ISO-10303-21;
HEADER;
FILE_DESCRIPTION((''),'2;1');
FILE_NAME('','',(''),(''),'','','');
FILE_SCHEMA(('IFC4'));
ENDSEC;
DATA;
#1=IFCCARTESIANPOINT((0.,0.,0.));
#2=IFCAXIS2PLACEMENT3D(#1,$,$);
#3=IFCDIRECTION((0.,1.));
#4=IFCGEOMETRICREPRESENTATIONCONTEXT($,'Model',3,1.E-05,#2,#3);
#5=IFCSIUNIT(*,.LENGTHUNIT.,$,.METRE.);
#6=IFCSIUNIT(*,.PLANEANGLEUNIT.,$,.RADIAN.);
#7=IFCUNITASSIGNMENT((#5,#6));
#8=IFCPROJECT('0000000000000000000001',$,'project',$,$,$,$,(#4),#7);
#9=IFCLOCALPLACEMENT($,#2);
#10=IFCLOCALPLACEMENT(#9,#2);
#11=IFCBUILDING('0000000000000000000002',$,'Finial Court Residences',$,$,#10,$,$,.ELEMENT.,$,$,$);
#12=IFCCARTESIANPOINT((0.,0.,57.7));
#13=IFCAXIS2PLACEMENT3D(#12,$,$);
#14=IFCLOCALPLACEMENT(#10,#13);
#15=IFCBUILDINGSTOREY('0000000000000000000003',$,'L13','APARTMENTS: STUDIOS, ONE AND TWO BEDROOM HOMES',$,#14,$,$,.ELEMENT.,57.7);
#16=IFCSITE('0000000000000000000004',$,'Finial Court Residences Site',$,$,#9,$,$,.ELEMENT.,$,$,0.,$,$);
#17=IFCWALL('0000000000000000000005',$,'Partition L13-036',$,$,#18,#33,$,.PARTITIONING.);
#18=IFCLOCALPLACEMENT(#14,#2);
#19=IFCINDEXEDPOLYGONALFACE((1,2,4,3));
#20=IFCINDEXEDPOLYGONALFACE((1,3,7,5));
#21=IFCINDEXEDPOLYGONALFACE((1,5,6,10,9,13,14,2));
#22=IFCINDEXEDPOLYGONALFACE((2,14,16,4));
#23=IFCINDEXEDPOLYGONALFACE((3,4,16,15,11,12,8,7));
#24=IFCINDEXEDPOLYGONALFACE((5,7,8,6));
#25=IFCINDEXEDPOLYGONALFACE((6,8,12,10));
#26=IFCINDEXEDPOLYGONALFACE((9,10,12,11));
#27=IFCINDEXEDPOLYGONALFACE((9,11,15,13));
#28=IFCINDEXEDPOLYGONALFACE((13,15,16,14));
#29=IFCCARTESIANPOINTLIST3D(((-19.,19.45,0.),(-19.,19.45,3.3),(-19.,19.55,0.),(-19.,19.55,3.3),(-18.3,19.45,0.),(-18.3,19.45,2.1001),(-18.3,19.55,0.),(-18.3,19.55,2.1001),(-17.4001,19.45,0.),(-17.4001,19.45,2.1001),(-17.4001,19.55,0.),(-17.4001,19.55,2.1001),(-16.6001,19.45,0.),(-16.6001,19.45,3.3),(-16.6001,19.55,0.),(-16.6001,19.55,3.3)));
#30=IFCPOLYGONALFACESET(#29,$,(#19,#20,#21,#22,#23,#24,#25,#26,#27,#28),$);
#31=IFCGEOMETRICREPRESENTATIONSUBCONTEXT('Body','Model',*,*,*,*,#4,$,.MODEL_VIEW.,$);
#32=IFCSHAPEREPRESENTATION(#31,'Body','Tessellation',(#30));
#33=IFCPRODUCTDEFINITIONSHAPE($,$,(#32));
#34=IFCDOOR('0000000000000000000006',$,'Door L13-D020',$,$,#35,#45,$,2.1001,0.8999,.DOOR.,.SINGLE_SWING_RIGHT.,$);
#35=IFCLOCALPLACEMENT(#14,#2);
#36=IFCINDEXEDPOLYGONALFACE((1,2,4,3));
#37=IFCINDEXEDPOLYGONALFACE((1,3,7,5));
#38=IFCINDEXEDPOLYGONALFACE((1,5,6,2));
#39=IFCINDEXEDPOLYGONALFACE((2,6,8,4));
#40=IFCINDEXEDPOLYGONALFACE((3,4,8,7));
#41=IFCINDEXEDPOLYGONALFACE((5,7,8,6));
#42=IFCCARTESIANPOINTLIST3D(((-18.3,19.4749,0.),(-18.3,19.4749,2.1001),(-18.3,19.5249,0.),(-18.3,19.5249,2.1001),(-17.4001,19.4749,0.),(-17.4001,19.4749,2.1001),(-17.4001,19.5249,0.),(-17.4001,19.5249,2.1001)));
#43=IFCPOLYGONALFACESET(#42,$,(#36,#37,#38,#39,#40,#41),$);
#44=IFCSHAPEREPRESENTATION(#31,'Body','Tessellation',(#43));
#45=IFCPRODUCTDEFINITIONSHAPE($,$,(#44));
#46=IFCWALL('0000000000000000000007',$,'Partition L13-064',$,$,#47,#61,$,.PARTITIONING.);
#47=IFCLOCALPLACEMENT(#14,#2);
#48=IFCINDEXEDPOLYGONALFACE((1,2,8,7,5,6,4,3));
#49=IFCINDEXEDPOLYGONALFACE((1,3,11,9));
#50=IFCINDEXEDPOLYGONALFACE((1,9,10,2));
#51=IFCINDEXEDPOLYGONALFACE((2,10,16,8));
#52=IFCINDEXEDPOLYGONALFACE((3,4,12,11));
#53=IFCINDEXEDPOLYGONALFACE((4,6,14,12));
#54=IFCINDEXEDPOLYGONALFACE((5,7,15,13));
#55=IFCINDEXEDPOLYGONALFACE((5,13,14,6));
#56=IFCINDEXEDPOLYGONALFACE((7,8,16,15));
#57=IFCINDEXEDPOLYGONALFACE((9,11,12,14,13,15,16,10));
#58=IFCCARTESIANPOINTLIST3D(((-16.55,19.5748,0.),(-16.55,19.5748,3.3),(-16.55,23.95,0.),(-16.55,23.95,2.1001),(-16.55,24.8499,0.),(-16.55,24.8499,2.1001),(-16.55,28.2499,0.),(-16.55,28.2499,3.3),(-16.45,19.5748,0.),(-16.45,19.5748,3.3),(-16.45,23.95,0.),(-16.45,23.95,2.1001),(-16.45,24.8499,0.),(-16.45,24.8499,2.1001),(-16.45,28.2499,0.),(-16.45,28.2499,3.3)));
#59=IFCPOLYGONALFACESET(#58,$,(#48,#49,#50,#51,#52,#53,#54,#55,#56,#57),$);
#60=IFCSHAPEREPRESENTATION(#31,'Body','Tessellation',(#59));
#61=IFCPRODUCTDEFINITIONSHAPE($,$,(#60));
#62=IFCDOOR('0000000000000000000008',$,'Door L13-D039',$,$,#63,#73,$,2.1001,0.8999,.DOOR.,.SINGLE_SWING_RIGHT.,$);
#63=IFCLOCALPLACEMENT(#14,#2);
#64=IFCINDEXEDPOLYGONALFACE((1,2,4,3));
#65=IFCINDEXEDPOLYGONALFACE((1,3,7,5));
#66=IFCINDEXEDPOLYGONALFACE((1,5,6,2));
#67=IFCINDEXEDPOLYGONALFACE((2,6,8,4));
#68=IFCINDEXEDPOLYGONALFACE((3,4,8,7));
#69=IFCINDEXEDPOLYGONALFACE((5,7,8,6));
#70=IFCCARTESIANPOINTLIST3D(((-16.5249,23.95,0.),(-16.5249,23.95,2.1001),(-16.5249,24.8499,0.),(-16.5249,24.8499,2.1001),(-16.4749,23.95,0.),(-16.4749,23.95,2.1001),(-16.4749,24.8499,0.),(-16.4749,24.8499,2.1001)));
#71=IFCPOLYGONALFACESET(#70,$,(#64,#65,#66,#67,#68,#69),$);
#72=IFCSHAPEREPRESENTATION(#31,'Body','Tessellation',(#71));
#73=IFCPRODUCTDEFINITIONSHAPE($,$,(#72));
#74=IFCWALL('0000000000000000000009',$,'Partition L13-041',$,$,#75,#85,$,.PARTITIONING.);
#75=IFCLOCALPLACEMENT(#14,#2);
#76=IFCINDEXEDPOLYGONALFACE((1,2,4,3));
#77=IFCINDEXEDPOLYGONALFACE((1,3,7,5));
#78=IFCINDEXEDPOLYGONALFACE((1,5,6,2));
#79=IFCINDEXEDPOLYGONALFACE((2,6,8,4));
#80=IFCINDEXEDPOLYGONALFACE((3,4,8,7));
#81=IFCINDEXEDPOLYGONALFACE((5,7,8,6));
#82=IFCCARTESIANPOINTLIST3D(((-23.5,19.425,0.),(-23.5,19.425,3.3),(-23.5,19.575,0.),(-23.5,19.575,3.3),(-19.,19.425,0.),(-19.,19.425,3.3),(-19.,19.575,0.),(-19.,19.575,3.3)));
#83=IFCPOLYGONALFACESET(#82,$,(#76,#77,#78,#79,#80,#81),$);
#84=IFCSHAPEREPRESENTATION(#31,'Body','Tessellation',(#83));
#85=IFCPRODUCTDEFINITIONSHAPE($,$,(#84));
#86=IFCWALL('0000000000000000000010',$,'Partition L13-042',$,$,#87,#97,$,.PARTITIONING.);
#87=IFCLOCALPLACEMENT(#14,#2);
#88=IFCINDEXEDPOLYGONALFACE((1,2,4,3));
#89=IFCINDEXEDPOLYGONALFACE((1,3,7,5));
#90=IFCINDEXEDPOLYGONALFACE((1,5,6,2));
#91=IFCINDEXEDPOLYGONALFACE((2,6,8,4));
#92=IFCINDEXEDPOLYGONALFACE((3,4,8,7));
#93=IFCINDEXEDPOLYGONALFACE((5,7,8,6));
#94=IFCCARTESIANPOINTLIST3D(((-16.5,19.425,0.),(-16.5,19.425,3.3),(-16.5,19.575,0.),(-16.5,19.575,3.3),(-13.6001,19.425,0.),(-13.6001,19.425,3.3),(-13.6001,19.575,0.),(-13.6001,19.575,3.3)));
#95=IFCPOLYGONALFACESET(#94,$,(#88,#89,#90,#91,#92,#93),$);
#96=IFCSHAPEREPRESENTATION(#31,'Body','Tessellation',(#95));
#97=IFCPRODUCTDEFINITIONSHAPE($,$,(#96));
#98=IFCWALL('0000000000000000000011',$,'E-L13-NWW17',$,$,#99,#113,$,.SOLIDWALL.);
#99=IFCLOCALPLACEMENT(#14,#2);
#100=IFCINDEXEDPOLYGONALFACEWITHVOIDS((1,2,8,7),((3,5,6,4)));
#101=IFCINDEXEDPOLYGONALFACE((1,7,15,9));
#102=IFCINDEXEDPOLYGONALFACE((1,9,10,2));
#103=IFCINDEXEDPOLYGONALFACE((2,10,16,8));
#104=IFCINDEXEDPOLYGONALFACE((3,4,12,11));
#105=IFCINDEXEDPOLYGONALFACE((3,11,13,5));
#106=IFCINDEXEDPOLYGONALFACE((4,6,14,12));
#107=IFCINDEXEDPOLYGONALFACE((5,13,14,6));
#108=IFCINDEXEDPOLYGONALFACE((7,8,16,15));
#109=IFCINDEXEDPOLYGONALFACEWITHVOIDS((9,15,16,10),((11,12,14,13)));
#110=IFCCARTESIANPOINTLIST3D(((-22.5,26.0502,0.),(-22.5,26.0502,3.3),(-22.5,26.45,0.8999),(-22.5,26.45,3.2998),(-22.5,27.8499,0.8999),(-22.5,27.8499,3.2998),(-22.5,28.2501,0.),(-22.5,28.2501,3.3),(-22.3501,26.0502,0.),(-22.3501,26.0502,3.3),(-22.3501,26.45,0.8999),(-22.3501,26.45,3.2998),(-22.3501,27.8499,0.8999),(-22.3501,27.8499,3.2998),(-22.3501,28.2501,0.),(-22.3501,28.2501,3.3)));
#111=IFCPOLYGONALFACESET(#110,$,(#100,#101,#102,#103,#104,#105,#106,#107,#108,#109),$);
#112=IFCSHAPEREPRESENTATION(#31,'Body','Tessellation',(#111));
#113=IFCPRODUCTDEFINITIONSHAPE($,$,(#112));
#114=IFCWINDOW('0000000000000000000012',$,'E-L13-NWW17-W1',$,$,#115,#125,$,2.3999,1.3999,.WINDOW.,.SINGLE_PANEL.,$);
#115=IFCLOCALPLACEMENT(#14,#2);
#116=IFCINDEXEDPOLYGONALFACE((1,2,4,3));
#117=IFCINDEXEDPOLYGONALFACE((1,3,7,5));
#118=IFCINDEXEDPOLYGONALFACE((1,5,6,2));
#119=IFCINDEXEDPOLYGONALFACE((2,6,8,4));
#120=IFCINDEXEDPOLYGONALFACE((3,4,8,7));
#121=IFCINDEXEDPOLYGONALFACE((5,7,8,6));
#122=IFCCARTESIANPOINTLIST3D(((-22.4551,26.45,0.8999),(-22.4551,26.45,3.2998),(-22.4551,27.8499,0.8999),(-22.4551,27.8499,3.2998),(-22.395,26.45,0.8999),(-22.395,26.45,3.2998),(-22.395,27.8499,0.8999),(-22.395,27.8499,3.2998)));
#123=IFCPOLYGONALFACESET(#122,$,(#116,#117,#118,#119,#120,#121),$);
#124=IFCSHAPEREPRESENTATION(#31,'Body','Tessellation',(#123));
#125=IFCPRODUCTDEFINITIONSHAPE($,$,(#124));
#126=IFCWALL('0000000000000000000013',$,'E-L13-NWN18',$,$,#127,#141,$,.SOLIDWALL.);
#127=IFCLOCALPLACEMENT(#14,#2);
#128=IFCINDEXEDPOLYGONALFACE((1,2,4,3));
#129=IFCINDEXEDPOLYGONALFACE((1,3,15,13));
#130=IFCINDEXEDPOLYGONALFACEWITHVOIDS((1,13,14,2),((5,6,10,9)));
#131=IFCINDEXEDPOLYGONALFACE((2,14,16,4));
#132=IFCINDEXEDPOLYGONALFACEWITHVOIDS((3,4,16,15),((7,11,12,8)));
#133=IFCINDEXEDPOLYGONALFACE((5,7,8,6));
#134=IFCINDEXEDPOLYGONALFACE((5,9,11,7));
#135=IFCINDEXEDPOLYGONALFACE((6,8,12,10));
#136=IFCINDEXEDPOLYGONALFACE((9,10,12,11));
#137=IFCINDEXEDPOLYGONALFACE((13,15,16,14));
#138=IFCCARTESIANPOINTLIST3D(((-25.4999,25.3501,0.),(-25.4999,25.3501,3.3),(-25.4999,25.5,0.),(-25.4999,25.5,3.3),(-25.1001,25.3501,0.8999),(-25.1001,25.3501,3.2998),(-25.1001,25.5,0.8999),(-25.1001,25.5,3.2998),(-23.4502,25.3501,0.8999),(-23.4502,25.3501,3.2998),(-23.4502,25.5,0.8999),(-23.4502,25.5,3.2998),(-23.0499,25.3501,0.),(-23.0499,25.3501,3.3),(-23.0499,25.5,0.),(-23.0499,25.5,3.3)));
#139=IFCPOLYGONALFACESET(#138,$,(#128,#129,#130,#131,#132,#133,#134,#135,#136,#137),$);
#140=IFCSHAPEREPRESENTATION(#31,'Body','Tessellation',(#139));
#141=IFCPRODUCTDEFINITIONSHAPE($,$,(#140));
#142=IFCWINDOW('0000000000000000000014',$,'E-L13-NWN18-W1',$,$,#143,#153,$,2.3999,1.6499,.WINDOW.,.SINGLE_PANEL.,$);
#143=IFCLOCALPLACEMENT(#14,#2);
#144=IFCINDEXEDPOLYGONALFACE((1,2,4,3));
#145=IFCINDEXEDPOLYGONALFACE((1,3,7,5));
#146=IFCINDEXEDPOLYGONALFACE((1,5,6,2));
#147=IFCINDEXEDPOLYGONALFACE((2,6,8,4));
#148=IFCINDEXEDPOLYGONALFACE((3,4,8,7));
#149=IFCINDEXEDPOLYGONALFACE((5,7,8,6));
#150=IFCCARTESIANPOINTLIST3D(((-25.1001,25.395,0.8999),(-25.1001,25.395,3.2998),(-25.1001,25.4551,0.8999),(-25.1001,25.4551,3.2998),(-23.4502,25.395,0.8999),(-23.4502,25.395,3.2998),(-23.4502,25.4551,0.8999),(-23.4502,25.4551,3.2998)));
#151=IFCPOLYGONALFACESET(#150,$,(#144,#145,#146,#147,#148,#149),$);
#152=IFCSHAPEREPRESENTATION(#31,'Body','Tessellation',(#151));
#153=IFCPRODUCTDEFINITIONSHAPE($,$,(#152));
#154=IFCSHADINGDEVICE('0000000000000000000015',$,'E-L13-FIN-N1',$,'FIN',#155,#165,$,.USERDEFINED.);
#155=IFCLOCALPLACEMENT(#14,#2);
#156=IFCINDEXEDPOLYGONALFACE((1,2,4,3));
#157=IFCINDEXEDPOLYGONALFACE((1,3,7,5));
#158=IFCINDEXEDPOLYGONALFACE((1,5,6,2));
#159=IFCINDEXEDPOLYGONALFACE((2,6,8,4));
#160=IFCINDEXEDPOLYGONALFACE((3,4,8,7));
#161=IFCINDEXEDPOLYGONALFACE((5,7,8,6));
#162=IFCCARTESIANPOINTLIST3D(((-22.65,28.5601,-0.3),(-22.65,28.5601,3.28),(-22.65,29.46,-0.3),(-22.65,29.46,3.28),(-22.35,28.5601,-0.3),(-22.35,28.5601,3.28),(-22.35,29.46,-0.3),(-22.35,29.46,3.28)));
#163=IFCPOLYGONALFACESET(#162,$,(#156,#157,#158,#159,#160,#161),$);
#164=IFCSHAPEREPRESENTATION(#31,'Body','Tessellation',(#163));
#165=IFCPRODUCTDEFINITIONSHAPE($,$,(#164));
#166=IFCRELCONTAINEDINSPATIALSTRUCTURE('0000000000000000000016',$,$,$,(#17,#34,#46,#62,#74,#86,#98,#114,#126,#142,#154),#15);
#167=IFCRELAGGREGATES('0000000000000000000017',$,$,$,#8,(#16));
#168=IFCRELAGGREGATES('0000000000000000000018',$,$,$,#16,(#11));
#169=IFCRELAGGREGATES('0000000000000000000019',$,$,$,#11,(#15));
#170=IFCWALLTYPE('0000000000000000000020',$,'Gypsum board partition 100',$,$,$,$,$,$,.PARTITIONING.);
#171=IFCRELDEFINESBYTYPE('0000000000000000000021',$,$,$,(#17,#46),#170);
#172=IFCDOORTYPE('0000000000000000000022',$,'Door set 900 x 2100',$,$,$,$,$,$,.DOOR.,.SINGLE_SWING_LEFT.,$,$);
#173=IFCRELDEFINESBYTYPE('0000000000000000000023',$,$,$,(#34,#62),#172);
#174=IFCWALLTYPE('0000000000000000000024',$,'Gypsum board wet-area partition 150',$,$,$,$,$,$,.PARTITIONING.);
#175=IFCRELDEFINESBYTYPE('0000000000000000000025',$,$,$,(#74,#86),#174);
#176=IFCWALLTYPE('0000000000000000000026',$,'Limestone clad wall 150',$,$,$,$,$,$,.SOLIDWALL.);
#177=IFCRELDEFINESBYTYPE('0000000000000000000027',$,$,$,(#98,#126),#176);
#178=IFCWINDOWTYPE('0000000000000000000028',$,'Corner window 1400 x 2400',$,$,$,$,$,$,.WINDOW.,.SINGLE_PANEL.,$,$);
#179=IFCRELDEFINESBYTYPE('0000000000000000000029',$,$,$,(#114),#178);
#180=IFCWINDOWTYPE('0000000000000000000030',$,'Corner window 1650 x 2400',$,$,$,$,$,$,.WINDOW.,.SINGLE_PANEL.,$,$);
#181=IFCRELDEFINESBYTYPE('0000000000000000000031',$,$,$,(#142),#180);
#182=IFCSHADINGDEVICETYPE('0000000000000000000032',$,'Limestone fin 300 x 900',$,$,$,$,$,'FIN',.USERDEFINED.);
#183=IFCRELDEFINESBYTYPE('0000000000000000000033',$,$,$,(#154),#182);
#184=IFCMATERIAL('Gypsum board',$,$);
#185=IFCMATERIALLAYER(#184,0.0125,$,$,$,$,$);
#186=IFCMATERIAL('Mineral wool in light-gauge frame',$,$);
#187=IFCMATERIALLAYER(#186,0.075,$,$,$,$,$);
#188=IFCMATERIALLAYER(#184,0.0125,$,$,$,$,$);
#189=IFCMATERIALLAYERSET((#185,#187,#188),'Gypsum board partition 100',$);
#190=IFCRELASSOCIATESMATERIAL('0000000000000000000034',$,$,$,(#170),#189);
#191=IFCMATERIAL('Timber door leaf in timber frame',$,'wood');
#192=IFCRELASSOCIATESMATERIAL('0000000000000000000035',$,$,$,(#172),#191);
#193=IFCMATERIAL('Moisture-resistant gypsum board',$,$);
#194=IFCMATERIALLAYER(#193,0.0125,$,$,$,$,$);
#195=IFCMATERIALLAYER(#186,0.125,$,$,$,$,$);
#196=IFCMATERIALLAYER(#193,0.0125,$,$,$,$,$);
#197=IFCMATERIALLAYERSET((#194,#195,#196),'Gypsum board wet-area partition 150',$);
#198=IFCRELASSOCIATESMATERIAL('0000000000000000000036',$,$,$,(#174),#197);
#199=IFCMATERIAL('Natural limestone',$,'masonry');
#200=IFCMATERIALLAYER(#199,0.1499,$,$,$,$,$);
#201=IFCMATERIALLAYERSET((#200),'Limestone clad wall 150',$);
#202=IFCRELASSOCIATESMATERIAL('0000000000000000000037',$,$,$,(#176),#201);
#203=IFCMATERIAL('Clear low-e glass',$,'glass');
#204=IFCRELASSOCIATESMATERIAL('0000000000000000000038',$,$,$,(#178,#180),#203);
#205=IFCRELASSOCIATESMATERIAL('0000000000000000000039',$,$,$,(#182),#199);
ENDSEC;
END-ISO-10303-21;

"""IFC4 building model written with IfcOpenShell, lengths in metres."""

from ifc_helpers import new_model, si_unit, direction, frame, frame_2d, origin, origin_2d, place, context, subcontext, project, spatial, rectangle, extrude, material, layer, layer_set, type_object, element, fill, save


model = new_model("IFC4")

# Units and contexts
model_context = context("Model", 3, precision=1e-05, world=origin(), true_north=direction((0.0, 1.0)))
body_context = subcontext(model_context, "Body", "Model", "MODEL_VIEW")
ifc_project = project(units=[si_unit("LENGTHUNIT", "METRE"), si_unit("PLANEANGLEUNIT", "RADIAN")], contexts=[model_context])

# Site, building, storey
site_placement = place(None, origin())
site = spatial("IfcSite", under=ifc_project, at=site_placement, Name="Finial Court Residences Site", CompositionType="ELEMENT", RefElevation=0.0)
building_placement = place(site_placement, origin())
building = spatial("IfcBuilding", under=site, at=building_placement, Name="Finial Court Residences", CompositionType="ELEMENT")
storey_placement = place(building_placement, frame((0.0, 0.0, 57.7)))
storey = spatial("IfcBuildingStorey", under=building, at=storey_placement, Name="L13", Description="APARTMENTS: STUDIOS, ONE AND TWO BEDROOM HOMES", CompositionType="ELEMENT", Elevation=57.7)

# Shared definitions
ifc_material_1 = material(Name="Clear low-e glass", Category="glass")

# Walls, openings, doors
ifc_material_2 = material(Name="Gypsum board")
ifc_layer_1 = layer(ifc_material_2, 0.0125)
ifc_material_3 = material(Name="Mineral wool in light-gauge frame")
ifc_layer_2 = layer(ifc_material_3, 0.075)
ifc_layer_3 = layer(ifc_material_2, 0.0125)
ifc_layer_set_1 = layer_set([ifc_layer_1, ifc_layer_2, ifc_layer_3], Name="Gypsum board partition 100")
wall_type_1 = type_object("IfcWallType", Name="Gypsum board partition 100", PredefinedType="PARTITIONING", material=ifc_layer_set_1)
wall_1_placement = place(storey_placement, frame((-19.0, 19.5, 0.0), z_axis=(0.0, 0.0, 1.0), x_axis=(1.0, 0.0, 0.0)))
wall_1 = element("IfcWall", 1, at=wall_1_placement, inside=storey, type_object=wall_type_1, Name="Partition L13-036", PredefinedType="PARTITIONING", context=body_context, shape_type="SweptSolid", body=[
    extrude(rectangle(XDim=2.3999, YDim=0.1001, at=frame_2d((1.2, 0.0))), origin(), (0.0, 0.0, 1.0), 3.3),
])
opening_1_placement = place(wall_1_placement, frame((0.7, 0.0, 0.0)))
opening_1 = element("IfcOpeningElement", 2, at=opening_1_placement, cuts=wall_1, PredefinedType="OPENING", context=body_context, shape_type="SweptSolid", body=[
    extrude(rectangle(XDim=0.8999, YDim=2.1001, at=frame_2d((0.45, 1.05))), frame((0.0, 0.0601, 0.0), z_axis=(0.0, -1.0, 0.0), x_axis=(1.0, 0.0, 0.0)), (0.0, 0.0, 1.0), 0.1201),
])
ifc_material_4 = material(Name="Timber door leaf in timber frame", Category="wood")
door_type = type_object("IfcDoorType", Name="Door set 900 x 2100", OperationType="SINGLE_SWING_LEFT", PredefinedType="DOOR", material=ifc_material_4)
door_1_placement = place(opening_1_placement, origin())
door_1 = element("IfcDoor", 3, at=door_1_placement, inside=storey, type_object=door_type, Name="Door L13-D020", OperationType="SINGLE_SWING_RIGHT", OverallHeight=2.1001, OverallWidth=0.8999, PredefinedType="DOOR", context=body_context, shape_type="SweptSolid", body=[
    extrude(rectangle(XDim=0.8999, YDim=2.1001, at=frame_2d((0.45, 1.05))), frame((0.0, 0.0249, 0.0), z_axis=(0.0, -1.0, 0.0), x_axis=(1.0, 0.0, 0.0)), (0.0, 0.0, 1.0), 0.05),
])
fill(opening_1, door_1)
wall_2_placement = place(storey_placement, frame((-16.5, 19.575, 0.0), z_axis=(0.0, 0.0, 1.0), x_axis=(0.0, 1.0, 0.0)))
wall_2 = element("IfcWall", 4, at=wall_2_placement, inside=storey, type_object=wall_type_1, Name="Partition L13-064", PredefinedType="PARTITIONING", context=body_context, shape_type="SweptSolid", body=[
    extrude(rectangle(XDim=8.675, YDim=0.1001, at=frame_2d((4.3374, 0.0))), origin(), (0.0, 0.0, 1.0), 3.3),
])
opening_2_placement = place(wall_2_placement, frame((4.375, 0.0, 0.0)))
opening_2 = element("IfcOpeningElement", 5, at=opening_2_placement, cuts=wall_2, PredefinedType="OPENING", context=body_context, shape_type="SweptSolid", body=[
    extrude(rectangle(XDim=0.8999, YDim=2.1001, at=frame_2d((0.45, 1.05))), frame((0.0, 0.0601, 0.0), z_axis=(0.0, -1.0, 0.0), x_axis=(1.0, 0.0, 0.0)), (0.0, 0.0, 1.0), 0.1201),
])
door_2_placement = place(opening_2_placement, origin())
door_2 = element("IfcDoor", 6, at=door_2_placement, inside=storey, type_object=door_type, Name="Door L13-D039", OperationType="SINGLE_SWING_RIGHT", OverallHeight=2.1001, OverallWidth=0.8999, PredefinedType="DOOR", context=body_context, shape_type="SweptSolid", body=[
    extrude(rectangle(XDim=0.8999, YDim=2.1001, at=frame_2d((0.45, 1.05))), frame((0.0, 0.0249, 0.0), z_axis=(0.0, -1.0, 0.0), x_axis=(1.0, 0.0, 0.0)), (0.0, 0.0, 1.0), 0.05),
])
fill(opening_2, door_2)

# Walls
ifc_material_5 = material(Name="Moisture-resistant gypsum board")
ifc_layer_4 = layer(ifc_material_5, 0.0125)
ifc_layer_5 = layer(ifc_material_3, 0.125)
ifc_layer_6 = layer(ifc_material_5, 0.0125)
ifc_layer_set_2 = layer_set([ifc_layer_4, ifc_layer_5, ifc_layer_6], Name="Gypsum board wet-area partition 150")
wall_type_2 = type_object("IfcWallType", Name="Gypsum board wet-area partition 150", PredefinedType="PARTITIONING", material=ifc_layer_set_2)
wall_3_placement = place(storey_placement, frame((-23.5, 19.5, 0.0), z_axis=(0.0, 0.0, 1.0), x_axis=(1.0, 0.0, 0.0)))
element("IfcWall", 7, at=wall_3_placement, inside=storey, type_object=wall_type_2, Name="Partition L13-041", PredefinedType="PARTITIONING", context=body_context, shape_type="SweptSolid", body=[
    extrude(rectangle(XDim=4.5, YDim=0.1499, at=frame_2d((2.25, 0.0))), origin(), (0.0, 0.0, 1.0), 3.3),
])
wall_4_placement = place(storey_placement, frame((-16.5, 19.5, 0.0), z_axis=(0.0, 0.0, 1.0), x_axis=(1.0, 0.0, 0.0)))
element("IfcWall", 8, at=wall_4_placement, inside=storey, type_object=wall_type_2, Name="Partition L13-042", PredefinedType="PARTITIONING", context=body_context, shape_type="SweptSolid", body=[
    extrude(rectangle(XDim=2.8999, YDim=0.1499, at=frame_2d((1.45, 0.0))), origin(), (0.0, 0.0, 1.0), 3.3),
])

# Walls, openings, windows
ifc_material_6 = material(Name="Natural limestone", Category="masonry")
ifc_layer_7 = layer(ifc_material_6, 0.1499)
ifc_layer_set_3 = layer_set([ifc_layer_7], Name="Limestone clad wall 150")
wall_type_3 = type_object("IfcWallType", Name="Limestone clad wall 150", PredefinedType="SOLIDWALL", material=ifc_layer_set_3)
wall_5_placement = place(storey_placement, frame((-22.425, 26.05, 0.0), z_axis=(0.0, 0.0, 1.0), x_axis=(0.0, 1.0, 0.0)))
wall_5 = element("IfcWall", 9, at=wall_5_placement, inside=storey, type_object=wall_type_3, Name="E-L13-NWW17", PredefinedType="SOLIDWALL", context=body_context, shape_type="SweptSolid", body=[
    extrude(rectangle(XDim=2.2, YDim=0.1499, at=frame_2d((1.1001, 0.0))), origin(), (0.0, 0.0, 1.0), 3.3),
])
opening_3_placement = place(wall_5_placement, frame((0.3999, 0.0, 0.8999)))
opening_3 = element("IfcOpeningElement", 10, at=opening_3_placement, cuts=wall_5, PredefinedType="OPENING", context=body_context, shape_type="SweptSolid", body=[
    extrude(rectangle(XDim=1.3999, YDim=2.3999, at=frame_2d((0.7, 1.2))), frame((0.0, 0.085, 0.0), z_axis=(0.0, -1.0, 0.0), x_axis=(1.0, 0.0, 0.0)), (0.0, 0.0, 1.0), 0.1699),
])
window_type_1 = type_object("IfcWindowType", Name="Corner window 1400 x 2400", PartitioningType="SINGLE_PANEL", PredefinedType="WINDOW", material=ifc_material_1)
window_1_placement = place(opening_3_placement, origin())
window_1 = element("IfcWindow", 11, at=window_1_placement, inside=storey, type_object=window_type_1, Name="E-L13-NWW17-W1", OverallHeight=2.3999, OverallWidth=1.3999, PartitioningType="SINGLE_PANEL", PredefinedType="WINDOW", context=body_context, shape_type="SweptSolid", body=[
    extrude(rectangle(XDim=1.3999, YDim=2.3999, at=frame_2d((0.7, 1.2))), frame((0.0, 0.03, 0.0), z_axis=(0.0, -1.0, 0.0), x_axis=(1.0, 0.0, 0.0)), (0.0, 0.0, 1.0), 0.0601),
])
fill(opening_3, window_1)
wall_6_placement = place(storey_placement, frame((-25.5, 25.425, 0.0), z_axis=(0.0, 0.0, 1.0), x_axis=(1.0, 0.0, 0.0)))
wall_6 = element("IfcWall", 12, at=wall_6_placement, inside=storey, type_object=wall_type_3, Name="E-L13-NWN18", PredefinedType="SOLIDWALL", context=body_context, shape_type="SweptSolid", body=[
    extrude(rectangle(XDim=2.45, YDim=0.1499, at=frame_2d((1.2251, 0.0))), origin(), (0.0, 0.0, 1.0), 3.3),
])
opening_4_placement = place(wall_6_placement, frame((0.3999, 0.0, 0.8999)))
opening_4 = element("IfcOpeningElement", 13, at=opening_4_placement, cuts=wall_6, PredefinedType="OPENING", context=body_context, shape_type="SweptSolid", body=[
    extrude(rectangle(XDim=1.6499, YDim=2.3999, at=frame_2d((0.825, 1.2))), frame((0.0, 0.085, 0.0), z_axis=(0.0, -1.0, 0.0), x_axis=(1.0, 0.0, 0.0)), (0.0, 0.0, 1.0), 0.1699),
])
window_type_2 = type_object("IfcWindowType", Name="Corner window 1650 x 2400", PartitioningType="SINGLE_PANEL", PredefinedType="WINDOW", material=ifc_material_1)
window_2_placement = place(opening_4_placement, origin())
window_2 = element("IfcWindow", 14, at=window_2_placement, inside=storey, type_object=window_type_2, Name="E-L13-NWN18-W1", OverallHeight=2.3999, OverallWidth=1.6499, PartitioningType="SINGLE_PANEL", PredefinedType="WINDOW", context=body_context, shape_type="SweptSolid", body=[
    extrude(rectangle(XDim=1.6499, YDim=2.3999, at=frame_2d((0.825, 1.2))), frame((0.0, 0.03, 0.0), z_axis=(0.0, -1.0, 0.0), x_axis=(1.0, 0.0, 0.0)), (0.0, 0.0, 1.0), 0.0601),
])
fill(opening_4, window_2)

# Shading device
shading_device_type = type_object("IfcShadingDeviceType", Name="Limestone fin 300 x 900", ElementType="FIN", PredefinedType="USERDEFINED", material=ifc_material_6)
for number, where, z_axis, x_axis, name in (
    (15, (-22.5, 29.01, -0.3), (0.0, 0.0, 1.0), (1.0, 0.0, 0.0), "E-L13-FIN-N1"),
):
    element("IfcShadingDevice", number, at=place(storey_placement, frame(where, z_axis=z_axis, x_axis=x_axis)), inside=storey, type_object=shading_device_type, Name=name, ObjectType="FIN", PredefinedType="USERDEFINED", context=body_context, shape_type="SweptSolid", body=[
        extrude(rectangle(XDim=0.3, YDim=0.8999, at=origin_2d()), origin(), (0.0, 0.0, 1.0), 3.5801),
    ])

save(model, "model.ifc")
